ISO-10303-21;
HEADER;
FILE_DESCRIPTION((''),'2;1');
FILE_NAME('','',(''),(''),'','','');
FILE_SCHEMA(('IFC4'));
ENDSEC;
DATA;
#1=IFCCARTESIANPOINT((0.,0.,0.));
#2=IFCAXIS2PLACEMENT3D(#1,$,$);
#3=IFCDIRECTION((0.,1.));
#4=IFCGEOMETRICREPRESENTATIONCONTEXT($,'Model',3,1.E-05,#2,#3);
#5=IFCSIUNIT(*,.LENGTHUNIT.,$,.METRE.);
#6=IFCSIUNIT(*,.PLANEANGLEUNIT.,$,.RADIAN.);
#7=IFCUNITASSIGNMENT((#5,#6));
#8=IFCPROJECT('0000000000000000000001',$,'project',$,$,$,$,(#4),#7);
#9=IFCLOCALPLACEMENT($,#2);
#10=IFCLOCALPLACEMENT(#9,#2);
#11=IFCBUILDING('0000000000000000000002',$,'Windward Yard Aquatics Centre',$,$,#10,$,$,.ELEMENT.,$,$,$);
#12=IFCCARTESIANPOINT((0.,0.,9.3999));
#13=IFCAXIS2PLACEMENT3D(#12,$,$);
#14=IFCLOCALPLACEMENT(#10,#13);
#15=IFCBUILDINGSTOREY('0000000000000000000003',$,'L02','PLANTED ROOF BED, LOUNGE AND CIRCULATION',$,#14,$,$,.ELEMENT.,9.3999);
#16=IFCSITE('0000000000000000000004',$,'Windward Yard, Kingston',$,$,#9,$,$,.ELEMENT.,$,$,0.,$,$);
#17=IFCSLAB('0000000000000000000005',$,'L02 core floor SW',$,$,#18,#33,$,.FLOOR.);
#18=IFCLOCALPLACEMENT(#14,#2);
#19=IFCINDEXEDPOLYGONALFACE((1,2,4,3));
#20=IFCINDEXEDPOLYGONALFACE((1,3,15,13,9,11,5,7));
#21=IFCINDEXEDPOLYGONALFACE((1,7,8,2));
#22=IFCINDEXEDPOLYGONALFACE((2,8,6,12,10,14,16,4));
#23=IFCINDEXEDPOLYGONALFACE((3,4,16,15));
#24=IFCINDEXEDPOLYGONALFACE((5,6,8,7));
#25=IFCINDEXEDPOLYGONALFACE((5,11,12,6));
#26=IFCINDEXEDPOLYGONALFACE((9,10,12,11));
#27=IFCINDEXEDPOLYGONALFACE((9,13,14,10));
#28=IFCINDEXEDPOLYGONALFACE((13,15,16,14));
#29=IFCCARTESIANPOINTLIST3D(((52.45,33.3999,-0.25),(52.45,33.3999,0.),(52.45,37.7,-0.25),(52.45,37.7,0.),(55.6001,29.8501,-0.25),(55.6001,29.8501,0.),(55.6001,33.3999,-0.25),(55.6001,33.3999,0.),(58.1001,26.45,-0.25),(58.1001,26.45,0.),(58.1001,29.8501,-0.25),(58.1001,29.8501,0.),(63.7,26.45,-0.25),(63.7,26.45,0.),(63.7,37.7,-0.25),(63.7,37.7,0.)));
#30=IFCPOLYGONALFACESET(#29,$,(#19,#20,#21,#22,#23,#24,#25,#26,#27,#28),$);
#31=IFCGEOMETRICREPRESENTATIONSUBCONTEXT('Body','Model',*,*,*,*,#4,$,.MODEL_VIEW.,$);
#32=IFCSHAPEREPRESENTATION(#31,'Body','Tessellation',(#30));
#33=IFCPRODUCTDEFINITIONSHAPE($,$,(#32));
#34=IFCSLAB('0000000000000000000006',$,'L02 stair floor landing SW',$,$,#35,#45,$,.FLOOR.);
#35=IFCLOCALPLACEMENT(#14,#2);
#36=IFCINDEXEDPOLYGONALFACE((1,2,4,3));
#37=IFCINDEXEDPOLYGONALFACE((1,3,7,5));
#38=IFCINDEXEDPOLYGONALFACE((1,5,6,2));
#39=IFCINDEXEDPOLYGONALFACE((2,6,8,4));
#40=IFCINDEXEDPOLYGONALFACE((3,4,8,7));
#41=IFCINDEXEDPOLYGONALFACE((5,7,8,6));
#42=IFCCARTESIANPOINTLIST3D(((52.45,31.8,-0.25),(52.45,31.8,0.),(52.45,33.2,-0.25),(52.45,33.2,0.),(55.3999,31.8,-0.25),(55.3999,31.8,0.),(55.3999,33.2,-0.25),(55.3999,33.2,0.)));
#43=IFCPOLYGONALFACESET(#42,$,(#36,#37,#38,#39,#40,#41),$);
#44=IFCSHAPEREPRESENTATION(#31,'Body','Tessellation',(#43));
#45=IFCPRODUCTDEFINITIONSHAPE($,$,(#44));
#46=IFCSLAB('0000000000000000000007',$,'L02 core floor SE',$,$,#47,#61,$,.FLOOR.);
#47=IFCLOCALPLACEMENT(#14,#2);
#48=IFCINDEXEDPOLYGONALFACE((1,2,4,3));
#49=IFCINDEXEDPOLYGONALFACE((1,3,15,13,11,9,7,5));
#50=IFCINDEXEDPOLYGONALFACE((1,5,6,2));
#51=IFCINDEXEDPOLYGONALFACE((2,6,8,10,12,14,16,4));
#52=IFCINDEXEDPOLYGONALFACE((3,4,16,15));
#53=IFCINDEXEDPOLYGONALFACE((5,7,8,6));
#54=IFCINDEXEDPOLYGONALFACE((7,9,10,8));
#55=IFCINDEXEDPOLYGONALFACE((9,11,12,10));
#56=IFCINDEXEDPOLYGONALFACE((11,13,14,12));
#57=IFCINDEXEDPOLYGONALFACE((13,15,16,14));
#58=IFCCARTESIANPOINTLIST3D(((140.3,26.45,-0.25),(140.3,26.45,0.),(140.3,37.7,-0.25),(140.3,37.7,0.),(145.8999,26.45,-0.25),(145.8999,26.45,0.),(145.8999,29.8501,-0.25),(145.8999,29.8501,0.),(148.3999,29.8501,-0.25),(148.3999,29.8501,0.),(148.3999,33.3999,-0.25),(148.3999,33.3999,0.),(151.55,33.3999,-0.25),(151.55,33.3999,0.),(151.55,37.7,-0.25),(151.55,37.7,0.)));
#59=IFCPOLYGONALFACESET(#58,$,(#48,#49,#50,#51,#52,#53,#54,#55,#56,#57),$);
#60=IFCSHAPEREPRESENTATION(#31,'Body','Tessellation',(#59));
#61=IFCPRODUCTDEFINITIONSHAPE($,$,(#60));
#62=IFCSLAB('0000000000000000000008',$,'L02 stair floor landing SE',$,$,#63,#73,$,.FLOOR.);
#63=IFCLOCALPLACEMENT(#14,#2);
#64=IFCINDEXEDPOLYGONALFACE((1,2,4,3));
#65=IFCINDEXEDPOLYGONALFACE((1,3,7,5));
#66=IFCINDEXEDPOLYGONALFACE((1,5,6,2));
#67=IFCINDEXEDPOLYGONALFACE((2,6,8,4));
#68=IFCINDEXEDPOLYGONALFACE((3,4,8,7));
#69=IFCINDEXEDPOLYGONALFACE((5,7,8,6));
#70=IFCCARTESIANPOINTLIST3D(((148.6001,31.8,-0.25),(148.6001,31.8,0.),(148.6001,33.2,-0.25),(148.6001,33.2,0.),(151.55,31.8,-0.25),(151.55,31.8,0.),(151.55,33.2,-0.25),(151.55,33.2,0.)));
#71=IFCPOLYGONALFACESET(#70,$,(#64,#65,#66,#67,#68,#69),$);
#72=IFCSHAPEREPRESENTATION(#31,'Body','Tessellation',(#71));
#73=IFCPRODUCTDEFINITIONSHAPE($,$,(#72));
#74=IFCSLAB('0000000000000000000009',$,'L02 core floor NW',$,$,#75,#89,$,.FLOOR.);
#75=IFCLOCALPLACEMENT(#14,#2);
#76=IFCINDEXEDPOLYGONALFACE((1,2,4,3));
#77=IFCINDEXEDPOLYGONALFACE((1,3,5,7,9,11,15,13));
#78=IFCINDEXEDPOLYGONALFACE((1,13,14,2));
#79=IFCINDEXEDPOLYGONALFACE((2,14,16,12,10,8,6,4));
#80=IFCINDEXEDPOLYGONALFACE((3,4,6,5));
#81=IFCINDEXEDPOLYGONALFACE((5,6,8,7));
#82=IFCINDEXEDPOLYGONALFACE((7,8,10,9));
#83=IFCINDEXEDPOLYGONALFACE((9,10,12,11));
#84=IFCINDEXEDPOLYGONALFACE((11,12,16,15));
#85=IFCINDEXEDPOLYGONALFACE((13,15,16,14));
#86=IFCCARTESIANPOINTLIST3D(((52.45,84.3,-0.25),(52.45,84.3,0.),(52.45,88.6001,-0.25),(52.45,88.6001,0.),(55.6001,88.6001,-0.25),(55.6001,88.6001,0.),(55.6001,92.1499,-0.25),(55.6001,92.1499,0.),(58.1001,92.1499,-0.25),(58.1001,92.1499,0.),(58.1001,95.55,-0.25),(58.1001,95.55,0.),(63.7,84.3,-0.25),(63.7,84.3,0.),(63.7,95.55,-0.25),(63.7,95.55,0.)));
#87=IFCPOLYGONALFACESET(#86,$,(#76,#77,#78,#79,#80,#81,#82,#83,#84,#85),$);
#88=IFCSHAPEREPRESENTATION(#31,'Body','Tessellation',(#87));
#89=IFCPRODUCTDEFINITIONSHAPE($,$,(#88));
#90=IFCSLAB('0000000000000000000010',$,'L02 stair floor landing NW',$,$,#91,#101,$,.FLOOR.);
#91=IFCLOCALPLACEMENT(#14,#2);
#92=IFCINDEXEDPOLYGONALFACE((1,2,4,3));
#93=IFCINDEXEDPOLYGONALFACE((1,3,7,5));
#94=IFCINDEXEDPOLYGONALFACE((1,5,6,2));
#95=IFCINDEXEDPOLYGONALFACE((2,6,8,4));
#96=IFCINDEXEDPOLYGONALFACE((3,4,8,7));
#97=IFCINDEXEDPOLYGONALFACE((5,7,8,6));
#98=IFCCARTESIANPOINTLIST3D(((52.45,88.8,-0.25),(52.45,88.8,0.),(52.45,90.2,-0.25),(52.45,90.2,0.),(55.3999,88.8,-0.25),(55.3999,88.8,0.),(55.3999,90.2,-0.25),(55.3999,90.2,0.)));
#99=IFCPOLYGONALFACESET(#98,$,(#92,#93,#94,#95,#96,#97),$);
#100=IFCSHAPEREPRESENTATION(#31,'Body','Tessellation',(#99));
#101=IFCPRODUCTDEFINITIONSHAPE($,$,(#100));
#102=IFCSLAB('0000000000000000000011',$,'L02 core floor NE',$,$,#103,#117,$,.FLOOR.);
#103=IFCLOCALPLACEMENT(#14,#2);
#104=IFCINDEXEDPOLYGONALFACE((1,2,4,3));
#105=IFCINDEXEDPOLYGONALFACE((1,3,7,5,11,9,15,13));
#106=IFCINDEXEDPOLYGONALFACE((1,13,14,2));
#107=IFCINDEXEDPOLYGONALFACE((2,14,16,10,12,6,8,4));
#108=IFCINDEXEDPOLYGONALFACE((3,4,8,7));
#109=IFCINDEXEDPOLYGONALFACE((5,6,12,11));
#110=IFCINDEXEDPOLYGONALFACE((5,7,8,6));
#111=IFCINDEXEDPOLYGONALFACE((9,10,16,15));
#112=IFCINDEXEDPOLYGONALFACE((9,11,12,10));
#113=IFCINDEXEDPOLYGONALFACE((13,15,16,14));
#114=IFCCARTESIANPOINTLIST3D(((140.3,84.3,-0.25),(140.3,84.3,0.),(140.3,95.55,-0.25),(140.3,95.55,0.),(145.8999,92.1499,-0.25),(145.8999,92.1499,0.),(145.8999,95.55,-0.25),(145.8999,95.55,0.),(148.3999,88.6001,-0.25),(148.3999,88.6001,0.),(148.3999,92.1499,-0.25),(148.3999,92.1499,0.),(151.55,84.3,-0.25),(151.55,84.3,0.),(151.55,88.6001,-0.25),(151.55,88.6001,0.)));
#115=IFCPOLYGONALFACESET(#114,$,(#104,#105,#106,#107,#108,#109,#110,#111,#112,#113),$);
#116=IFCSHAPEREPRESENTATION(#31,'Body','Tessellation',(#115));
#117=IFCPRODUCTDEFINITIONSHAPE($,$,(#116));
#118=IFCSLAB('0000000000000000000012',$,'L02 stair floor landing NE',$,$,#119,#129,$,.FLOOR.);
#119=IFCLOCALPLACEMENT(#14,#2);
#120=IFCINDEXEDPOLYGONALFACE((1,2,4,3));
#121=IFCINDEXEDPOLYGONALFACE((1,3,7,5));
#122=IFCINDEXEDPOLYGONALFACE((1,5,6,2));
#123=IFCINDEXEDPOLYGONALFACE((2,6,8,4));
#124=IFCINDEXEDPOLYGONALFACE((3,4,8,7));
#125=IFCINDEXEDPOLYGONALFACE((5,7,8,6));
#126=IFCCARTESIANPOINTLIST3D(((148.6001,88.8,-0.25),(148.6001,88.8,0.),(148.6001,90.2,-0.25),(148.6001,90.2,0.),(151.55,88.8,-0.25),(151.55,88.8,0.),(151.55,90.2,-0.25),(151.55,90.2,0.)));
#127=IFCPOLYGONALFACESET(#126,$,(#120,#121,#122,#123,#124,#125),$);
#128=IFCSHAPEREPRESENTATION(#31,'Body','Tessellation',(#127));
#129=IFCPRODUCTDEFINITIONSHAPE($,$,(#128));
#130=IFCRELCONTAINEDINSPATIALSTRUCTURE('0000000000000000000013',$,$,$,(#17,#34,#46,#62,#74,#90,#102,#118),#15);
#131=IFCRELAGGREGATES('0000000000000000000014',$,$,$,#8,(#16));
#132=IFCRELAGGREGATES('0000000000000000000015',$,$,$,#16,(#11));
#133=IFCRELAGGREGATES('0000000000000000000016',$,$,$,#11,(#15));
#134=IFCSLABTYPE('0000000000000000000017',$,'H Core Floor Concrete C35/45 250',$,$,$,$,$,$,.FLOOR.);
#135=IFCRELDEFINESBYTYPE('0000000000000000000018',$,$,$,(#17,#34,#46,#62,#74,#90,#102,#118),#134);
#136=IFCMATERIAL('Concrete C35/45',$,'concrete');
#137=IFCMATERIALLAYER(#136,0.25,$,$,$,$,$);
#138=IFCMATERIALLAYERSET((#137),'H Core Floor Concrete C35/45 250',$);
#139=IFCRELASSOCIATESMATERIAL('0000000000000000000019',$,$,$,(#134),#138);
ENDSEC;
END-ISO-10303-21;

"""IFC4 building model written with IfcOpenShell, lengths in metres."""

from ifc_helpers import new_model, si_unit, direction, frame, origin, place, context, subcontext, project, spatial, polyline, outline, extrude, material, layer, layer_set, type_object, element, save


model = new_model("IFC4")

# Units and contexts
model_context = context("Model", 3, precision=1e-05, world=origin(), true_north=direction((0.0, 1.0)))
body_context = subcontext(model_context, "Body", "Model", "MODEL_VIEW")
ifc_project = project(units=[si_unit("LENGTHUNIT", "METRE"), si_unit("PLANEANGLEUNIT", "RADIAN")], contexts=[model_context])

# Site, building, storey
site_placement = place(None, origin())
site = spatial("IfcSite", under=ifc_project, at=site_placement, Name="Windward Yard, Kingston", CompositionType="ELEMENT", RefElevation=0.0)
building_placement = place(site_placement, origin())
building = spatial("IfcBuilding", under=site, at=building_placement, Name="Windward Yard Aquatics Centre", CompositionType="ELEMENT")
storey_placement = place(building_placement, frame((0.0, 0.0, 9.3999)))
storey = spatial("IfcBuildingStorey", under=building, at=storey_placement, Name="L02", Description="PLANTED ROOF BED, LOUNGE AND CIRCULATION", CompositionType="ELEMENT", Elevation=9.3999)

# Slabs
ifc_material_1 = material(Name="Concrete C35/45", Category="concrete")
ifc_layer_1 = layer(ifc_material_1, 0.25)
ifc_layer_set_1 = layer_set([ifc_layer_1], Name="H Core Floor Concrete C35/45 250")
slab_type = type_object("IfcSlabType", Name="H Core Floor Concrete C35/45 250", PredefinedType="FLOOR", material=ifc_layer_set_1)
slab_1_placement = place(storey_placement, frame((0.0, 0.0, -0.25)))
element("IfcSlab", 1, at=slab_1_placement, inside=storey, type_object=slab_type, Name="L02 core floor SW", PredefinedType="FLOOR", context=body_context, shape_type="SweptSolid", body=[
    extrude(outline(polyline([(52.45, 33.3999), (55.6001, 33.3999), (55.6001, 29.8501), (58.1001, 29.8501), (58.1001, 26.45), (63.7, 26.45), (63.7, 37.7), (52.45, 37.7), (52.45, 33.3999)])), origin(), (0.0, 0.0, 1.0), 0.25),
])
slab_2_placement = place(storey_placement, frame((0.0, 0.0, -0.25)))
element("IfcSlab", 2, at=slab_2_placement, inside=storey, type_object=slab_type, Name="L02 stair floor landing SW", PredefinedType="FLOOR", context=body_context, shape_type="SweptSolid", body=[
    extrude(outline(polyline([(52.45, 31.8), (55.3999, 31.8), (55.3999, 33.2), (52.45, 33.2), (52.45, 31.8)])), origin(), (0.0, 0.0, 1.0), 0.25),
])
slab_3_placement = place(storey_placement, frame((0.0, 0.0, -0.25)))
element("IfcSlab", 3, at=slab_3_placement, inside=storey, type_object=slab_type, Name="L02 core floor SE", PredefinedType="FLOOR", context=body_context, shape_type="SweptSolid", body=[
    extrude(outline(polyline([(140.3, 26.45), (145.8999, 26.45), (145.8999, 29.8501), (148.3999, 29.8501), (148.3999, 33.3999), (151.55, 33.3999), (151.55, 37.7), (140.3, 37.7), (140.3, 26.45)])), origin(), (0.0, 0.0, 1.0), 0.25),
])
slab_4_placement = place(storey_placement, frame((0.0, 0.0, -0.25)))
element("IfcSlab", 4, at=slab_4_placement, inside=storey, type_object=slab_type, Name="L02 stair floor landing SE", PredefinedType="FLOOR", context=body_context, shape_type="SweptSolid", body=[
    extrude(outline(polyline([(148.6001, 31.8), (151.55, 31.8), (151.55, 33.2), (148.6001, 33.2), (148.6001, 31.8)])), origin(), (0.0, 0.0, 1.0), 0.25),
])
slab_5_placement = place(storey_placement, frame((0.0, 0.0, -0.25)))
element("IfcSlab", 5, at=slab_5_placement, inside=storey, type_object=slab_type, Name="L02 core floor NW", PredefinedType="FLOOR", context=body_context, shape_type="SweptSolid", body=[
    extrude(outline(polyline([(52.45, 84.3), (63.7, 84.3), (63.7, 95.55), (58.1001, 95.55), (58.1001, 92.1499), (55.6001, 92.1499), (55.6001, 88.6001), (52.45, 88.6001), (52.45, 84.3)])), origin(), (0.0, 0.0, 1.0), 0.25),
])
slab_6_placement = place(storey_placement, frame((0.0, 0.0, -0.25)))
element("IfcSlab", 6, at=slab_6_placement, inside=storey, type_object=slab_type, Name="L02 stair floor landing NW", PredefinedType="FLOOR", context=body_context, shape_type="SweptSolid", body=[
    extrude(outline(polyline([(52.45, 88.8), (55.3999, 88.8), (55.3999, 90.2), (52.45, 90.2), (52.45, 88.8)])), origin(), (0.0, 0.0, 1.0), 0.25),
])
slab_7_placement = place(storey_placement, frame((0.0, 0.0, -0.25)))
element("IfcSlab", 7, at=slab_7_placement, inside=storey, type_object=slab_type, Name="L02 core floor NE", PredefinedType="FLOOR", context=body_context, shape_type="SweptSolid", body=[
    extrude(outline(polyline([(140.3, 84.3), (151.55, 84.3), (151.55, 88.6001), (148.3999, 88.6001), (148.3999, 92.1499), (145.8999, 92.1499), (145.8999, 95.55), (140.3, 95.55), (140.3, 84.3)])), origin(), (0.0, 0.0, 1.0), 0.25),
])
slab_8_placement = place(storey_placement, frame((0.0, 0.0, -0.25)))
element("IfcSlab", 8, at=slab_8_placement, inside=storey, type_object=slab_type, Name="L02 stair floor landing NE", PredefinedType="FLOOR", context=body_context, shape_type="SweptSolid", body=[
    extrude(outline(polyline([(148.6001, 88.8), (151.55, 88.8), (151.55, 90.2), (148.6001, 90.2), (148.6001, 88.8)])), origin(), (0.0, 0.0, 1.0), 0.25),
])

save(model, "model.ifc")
